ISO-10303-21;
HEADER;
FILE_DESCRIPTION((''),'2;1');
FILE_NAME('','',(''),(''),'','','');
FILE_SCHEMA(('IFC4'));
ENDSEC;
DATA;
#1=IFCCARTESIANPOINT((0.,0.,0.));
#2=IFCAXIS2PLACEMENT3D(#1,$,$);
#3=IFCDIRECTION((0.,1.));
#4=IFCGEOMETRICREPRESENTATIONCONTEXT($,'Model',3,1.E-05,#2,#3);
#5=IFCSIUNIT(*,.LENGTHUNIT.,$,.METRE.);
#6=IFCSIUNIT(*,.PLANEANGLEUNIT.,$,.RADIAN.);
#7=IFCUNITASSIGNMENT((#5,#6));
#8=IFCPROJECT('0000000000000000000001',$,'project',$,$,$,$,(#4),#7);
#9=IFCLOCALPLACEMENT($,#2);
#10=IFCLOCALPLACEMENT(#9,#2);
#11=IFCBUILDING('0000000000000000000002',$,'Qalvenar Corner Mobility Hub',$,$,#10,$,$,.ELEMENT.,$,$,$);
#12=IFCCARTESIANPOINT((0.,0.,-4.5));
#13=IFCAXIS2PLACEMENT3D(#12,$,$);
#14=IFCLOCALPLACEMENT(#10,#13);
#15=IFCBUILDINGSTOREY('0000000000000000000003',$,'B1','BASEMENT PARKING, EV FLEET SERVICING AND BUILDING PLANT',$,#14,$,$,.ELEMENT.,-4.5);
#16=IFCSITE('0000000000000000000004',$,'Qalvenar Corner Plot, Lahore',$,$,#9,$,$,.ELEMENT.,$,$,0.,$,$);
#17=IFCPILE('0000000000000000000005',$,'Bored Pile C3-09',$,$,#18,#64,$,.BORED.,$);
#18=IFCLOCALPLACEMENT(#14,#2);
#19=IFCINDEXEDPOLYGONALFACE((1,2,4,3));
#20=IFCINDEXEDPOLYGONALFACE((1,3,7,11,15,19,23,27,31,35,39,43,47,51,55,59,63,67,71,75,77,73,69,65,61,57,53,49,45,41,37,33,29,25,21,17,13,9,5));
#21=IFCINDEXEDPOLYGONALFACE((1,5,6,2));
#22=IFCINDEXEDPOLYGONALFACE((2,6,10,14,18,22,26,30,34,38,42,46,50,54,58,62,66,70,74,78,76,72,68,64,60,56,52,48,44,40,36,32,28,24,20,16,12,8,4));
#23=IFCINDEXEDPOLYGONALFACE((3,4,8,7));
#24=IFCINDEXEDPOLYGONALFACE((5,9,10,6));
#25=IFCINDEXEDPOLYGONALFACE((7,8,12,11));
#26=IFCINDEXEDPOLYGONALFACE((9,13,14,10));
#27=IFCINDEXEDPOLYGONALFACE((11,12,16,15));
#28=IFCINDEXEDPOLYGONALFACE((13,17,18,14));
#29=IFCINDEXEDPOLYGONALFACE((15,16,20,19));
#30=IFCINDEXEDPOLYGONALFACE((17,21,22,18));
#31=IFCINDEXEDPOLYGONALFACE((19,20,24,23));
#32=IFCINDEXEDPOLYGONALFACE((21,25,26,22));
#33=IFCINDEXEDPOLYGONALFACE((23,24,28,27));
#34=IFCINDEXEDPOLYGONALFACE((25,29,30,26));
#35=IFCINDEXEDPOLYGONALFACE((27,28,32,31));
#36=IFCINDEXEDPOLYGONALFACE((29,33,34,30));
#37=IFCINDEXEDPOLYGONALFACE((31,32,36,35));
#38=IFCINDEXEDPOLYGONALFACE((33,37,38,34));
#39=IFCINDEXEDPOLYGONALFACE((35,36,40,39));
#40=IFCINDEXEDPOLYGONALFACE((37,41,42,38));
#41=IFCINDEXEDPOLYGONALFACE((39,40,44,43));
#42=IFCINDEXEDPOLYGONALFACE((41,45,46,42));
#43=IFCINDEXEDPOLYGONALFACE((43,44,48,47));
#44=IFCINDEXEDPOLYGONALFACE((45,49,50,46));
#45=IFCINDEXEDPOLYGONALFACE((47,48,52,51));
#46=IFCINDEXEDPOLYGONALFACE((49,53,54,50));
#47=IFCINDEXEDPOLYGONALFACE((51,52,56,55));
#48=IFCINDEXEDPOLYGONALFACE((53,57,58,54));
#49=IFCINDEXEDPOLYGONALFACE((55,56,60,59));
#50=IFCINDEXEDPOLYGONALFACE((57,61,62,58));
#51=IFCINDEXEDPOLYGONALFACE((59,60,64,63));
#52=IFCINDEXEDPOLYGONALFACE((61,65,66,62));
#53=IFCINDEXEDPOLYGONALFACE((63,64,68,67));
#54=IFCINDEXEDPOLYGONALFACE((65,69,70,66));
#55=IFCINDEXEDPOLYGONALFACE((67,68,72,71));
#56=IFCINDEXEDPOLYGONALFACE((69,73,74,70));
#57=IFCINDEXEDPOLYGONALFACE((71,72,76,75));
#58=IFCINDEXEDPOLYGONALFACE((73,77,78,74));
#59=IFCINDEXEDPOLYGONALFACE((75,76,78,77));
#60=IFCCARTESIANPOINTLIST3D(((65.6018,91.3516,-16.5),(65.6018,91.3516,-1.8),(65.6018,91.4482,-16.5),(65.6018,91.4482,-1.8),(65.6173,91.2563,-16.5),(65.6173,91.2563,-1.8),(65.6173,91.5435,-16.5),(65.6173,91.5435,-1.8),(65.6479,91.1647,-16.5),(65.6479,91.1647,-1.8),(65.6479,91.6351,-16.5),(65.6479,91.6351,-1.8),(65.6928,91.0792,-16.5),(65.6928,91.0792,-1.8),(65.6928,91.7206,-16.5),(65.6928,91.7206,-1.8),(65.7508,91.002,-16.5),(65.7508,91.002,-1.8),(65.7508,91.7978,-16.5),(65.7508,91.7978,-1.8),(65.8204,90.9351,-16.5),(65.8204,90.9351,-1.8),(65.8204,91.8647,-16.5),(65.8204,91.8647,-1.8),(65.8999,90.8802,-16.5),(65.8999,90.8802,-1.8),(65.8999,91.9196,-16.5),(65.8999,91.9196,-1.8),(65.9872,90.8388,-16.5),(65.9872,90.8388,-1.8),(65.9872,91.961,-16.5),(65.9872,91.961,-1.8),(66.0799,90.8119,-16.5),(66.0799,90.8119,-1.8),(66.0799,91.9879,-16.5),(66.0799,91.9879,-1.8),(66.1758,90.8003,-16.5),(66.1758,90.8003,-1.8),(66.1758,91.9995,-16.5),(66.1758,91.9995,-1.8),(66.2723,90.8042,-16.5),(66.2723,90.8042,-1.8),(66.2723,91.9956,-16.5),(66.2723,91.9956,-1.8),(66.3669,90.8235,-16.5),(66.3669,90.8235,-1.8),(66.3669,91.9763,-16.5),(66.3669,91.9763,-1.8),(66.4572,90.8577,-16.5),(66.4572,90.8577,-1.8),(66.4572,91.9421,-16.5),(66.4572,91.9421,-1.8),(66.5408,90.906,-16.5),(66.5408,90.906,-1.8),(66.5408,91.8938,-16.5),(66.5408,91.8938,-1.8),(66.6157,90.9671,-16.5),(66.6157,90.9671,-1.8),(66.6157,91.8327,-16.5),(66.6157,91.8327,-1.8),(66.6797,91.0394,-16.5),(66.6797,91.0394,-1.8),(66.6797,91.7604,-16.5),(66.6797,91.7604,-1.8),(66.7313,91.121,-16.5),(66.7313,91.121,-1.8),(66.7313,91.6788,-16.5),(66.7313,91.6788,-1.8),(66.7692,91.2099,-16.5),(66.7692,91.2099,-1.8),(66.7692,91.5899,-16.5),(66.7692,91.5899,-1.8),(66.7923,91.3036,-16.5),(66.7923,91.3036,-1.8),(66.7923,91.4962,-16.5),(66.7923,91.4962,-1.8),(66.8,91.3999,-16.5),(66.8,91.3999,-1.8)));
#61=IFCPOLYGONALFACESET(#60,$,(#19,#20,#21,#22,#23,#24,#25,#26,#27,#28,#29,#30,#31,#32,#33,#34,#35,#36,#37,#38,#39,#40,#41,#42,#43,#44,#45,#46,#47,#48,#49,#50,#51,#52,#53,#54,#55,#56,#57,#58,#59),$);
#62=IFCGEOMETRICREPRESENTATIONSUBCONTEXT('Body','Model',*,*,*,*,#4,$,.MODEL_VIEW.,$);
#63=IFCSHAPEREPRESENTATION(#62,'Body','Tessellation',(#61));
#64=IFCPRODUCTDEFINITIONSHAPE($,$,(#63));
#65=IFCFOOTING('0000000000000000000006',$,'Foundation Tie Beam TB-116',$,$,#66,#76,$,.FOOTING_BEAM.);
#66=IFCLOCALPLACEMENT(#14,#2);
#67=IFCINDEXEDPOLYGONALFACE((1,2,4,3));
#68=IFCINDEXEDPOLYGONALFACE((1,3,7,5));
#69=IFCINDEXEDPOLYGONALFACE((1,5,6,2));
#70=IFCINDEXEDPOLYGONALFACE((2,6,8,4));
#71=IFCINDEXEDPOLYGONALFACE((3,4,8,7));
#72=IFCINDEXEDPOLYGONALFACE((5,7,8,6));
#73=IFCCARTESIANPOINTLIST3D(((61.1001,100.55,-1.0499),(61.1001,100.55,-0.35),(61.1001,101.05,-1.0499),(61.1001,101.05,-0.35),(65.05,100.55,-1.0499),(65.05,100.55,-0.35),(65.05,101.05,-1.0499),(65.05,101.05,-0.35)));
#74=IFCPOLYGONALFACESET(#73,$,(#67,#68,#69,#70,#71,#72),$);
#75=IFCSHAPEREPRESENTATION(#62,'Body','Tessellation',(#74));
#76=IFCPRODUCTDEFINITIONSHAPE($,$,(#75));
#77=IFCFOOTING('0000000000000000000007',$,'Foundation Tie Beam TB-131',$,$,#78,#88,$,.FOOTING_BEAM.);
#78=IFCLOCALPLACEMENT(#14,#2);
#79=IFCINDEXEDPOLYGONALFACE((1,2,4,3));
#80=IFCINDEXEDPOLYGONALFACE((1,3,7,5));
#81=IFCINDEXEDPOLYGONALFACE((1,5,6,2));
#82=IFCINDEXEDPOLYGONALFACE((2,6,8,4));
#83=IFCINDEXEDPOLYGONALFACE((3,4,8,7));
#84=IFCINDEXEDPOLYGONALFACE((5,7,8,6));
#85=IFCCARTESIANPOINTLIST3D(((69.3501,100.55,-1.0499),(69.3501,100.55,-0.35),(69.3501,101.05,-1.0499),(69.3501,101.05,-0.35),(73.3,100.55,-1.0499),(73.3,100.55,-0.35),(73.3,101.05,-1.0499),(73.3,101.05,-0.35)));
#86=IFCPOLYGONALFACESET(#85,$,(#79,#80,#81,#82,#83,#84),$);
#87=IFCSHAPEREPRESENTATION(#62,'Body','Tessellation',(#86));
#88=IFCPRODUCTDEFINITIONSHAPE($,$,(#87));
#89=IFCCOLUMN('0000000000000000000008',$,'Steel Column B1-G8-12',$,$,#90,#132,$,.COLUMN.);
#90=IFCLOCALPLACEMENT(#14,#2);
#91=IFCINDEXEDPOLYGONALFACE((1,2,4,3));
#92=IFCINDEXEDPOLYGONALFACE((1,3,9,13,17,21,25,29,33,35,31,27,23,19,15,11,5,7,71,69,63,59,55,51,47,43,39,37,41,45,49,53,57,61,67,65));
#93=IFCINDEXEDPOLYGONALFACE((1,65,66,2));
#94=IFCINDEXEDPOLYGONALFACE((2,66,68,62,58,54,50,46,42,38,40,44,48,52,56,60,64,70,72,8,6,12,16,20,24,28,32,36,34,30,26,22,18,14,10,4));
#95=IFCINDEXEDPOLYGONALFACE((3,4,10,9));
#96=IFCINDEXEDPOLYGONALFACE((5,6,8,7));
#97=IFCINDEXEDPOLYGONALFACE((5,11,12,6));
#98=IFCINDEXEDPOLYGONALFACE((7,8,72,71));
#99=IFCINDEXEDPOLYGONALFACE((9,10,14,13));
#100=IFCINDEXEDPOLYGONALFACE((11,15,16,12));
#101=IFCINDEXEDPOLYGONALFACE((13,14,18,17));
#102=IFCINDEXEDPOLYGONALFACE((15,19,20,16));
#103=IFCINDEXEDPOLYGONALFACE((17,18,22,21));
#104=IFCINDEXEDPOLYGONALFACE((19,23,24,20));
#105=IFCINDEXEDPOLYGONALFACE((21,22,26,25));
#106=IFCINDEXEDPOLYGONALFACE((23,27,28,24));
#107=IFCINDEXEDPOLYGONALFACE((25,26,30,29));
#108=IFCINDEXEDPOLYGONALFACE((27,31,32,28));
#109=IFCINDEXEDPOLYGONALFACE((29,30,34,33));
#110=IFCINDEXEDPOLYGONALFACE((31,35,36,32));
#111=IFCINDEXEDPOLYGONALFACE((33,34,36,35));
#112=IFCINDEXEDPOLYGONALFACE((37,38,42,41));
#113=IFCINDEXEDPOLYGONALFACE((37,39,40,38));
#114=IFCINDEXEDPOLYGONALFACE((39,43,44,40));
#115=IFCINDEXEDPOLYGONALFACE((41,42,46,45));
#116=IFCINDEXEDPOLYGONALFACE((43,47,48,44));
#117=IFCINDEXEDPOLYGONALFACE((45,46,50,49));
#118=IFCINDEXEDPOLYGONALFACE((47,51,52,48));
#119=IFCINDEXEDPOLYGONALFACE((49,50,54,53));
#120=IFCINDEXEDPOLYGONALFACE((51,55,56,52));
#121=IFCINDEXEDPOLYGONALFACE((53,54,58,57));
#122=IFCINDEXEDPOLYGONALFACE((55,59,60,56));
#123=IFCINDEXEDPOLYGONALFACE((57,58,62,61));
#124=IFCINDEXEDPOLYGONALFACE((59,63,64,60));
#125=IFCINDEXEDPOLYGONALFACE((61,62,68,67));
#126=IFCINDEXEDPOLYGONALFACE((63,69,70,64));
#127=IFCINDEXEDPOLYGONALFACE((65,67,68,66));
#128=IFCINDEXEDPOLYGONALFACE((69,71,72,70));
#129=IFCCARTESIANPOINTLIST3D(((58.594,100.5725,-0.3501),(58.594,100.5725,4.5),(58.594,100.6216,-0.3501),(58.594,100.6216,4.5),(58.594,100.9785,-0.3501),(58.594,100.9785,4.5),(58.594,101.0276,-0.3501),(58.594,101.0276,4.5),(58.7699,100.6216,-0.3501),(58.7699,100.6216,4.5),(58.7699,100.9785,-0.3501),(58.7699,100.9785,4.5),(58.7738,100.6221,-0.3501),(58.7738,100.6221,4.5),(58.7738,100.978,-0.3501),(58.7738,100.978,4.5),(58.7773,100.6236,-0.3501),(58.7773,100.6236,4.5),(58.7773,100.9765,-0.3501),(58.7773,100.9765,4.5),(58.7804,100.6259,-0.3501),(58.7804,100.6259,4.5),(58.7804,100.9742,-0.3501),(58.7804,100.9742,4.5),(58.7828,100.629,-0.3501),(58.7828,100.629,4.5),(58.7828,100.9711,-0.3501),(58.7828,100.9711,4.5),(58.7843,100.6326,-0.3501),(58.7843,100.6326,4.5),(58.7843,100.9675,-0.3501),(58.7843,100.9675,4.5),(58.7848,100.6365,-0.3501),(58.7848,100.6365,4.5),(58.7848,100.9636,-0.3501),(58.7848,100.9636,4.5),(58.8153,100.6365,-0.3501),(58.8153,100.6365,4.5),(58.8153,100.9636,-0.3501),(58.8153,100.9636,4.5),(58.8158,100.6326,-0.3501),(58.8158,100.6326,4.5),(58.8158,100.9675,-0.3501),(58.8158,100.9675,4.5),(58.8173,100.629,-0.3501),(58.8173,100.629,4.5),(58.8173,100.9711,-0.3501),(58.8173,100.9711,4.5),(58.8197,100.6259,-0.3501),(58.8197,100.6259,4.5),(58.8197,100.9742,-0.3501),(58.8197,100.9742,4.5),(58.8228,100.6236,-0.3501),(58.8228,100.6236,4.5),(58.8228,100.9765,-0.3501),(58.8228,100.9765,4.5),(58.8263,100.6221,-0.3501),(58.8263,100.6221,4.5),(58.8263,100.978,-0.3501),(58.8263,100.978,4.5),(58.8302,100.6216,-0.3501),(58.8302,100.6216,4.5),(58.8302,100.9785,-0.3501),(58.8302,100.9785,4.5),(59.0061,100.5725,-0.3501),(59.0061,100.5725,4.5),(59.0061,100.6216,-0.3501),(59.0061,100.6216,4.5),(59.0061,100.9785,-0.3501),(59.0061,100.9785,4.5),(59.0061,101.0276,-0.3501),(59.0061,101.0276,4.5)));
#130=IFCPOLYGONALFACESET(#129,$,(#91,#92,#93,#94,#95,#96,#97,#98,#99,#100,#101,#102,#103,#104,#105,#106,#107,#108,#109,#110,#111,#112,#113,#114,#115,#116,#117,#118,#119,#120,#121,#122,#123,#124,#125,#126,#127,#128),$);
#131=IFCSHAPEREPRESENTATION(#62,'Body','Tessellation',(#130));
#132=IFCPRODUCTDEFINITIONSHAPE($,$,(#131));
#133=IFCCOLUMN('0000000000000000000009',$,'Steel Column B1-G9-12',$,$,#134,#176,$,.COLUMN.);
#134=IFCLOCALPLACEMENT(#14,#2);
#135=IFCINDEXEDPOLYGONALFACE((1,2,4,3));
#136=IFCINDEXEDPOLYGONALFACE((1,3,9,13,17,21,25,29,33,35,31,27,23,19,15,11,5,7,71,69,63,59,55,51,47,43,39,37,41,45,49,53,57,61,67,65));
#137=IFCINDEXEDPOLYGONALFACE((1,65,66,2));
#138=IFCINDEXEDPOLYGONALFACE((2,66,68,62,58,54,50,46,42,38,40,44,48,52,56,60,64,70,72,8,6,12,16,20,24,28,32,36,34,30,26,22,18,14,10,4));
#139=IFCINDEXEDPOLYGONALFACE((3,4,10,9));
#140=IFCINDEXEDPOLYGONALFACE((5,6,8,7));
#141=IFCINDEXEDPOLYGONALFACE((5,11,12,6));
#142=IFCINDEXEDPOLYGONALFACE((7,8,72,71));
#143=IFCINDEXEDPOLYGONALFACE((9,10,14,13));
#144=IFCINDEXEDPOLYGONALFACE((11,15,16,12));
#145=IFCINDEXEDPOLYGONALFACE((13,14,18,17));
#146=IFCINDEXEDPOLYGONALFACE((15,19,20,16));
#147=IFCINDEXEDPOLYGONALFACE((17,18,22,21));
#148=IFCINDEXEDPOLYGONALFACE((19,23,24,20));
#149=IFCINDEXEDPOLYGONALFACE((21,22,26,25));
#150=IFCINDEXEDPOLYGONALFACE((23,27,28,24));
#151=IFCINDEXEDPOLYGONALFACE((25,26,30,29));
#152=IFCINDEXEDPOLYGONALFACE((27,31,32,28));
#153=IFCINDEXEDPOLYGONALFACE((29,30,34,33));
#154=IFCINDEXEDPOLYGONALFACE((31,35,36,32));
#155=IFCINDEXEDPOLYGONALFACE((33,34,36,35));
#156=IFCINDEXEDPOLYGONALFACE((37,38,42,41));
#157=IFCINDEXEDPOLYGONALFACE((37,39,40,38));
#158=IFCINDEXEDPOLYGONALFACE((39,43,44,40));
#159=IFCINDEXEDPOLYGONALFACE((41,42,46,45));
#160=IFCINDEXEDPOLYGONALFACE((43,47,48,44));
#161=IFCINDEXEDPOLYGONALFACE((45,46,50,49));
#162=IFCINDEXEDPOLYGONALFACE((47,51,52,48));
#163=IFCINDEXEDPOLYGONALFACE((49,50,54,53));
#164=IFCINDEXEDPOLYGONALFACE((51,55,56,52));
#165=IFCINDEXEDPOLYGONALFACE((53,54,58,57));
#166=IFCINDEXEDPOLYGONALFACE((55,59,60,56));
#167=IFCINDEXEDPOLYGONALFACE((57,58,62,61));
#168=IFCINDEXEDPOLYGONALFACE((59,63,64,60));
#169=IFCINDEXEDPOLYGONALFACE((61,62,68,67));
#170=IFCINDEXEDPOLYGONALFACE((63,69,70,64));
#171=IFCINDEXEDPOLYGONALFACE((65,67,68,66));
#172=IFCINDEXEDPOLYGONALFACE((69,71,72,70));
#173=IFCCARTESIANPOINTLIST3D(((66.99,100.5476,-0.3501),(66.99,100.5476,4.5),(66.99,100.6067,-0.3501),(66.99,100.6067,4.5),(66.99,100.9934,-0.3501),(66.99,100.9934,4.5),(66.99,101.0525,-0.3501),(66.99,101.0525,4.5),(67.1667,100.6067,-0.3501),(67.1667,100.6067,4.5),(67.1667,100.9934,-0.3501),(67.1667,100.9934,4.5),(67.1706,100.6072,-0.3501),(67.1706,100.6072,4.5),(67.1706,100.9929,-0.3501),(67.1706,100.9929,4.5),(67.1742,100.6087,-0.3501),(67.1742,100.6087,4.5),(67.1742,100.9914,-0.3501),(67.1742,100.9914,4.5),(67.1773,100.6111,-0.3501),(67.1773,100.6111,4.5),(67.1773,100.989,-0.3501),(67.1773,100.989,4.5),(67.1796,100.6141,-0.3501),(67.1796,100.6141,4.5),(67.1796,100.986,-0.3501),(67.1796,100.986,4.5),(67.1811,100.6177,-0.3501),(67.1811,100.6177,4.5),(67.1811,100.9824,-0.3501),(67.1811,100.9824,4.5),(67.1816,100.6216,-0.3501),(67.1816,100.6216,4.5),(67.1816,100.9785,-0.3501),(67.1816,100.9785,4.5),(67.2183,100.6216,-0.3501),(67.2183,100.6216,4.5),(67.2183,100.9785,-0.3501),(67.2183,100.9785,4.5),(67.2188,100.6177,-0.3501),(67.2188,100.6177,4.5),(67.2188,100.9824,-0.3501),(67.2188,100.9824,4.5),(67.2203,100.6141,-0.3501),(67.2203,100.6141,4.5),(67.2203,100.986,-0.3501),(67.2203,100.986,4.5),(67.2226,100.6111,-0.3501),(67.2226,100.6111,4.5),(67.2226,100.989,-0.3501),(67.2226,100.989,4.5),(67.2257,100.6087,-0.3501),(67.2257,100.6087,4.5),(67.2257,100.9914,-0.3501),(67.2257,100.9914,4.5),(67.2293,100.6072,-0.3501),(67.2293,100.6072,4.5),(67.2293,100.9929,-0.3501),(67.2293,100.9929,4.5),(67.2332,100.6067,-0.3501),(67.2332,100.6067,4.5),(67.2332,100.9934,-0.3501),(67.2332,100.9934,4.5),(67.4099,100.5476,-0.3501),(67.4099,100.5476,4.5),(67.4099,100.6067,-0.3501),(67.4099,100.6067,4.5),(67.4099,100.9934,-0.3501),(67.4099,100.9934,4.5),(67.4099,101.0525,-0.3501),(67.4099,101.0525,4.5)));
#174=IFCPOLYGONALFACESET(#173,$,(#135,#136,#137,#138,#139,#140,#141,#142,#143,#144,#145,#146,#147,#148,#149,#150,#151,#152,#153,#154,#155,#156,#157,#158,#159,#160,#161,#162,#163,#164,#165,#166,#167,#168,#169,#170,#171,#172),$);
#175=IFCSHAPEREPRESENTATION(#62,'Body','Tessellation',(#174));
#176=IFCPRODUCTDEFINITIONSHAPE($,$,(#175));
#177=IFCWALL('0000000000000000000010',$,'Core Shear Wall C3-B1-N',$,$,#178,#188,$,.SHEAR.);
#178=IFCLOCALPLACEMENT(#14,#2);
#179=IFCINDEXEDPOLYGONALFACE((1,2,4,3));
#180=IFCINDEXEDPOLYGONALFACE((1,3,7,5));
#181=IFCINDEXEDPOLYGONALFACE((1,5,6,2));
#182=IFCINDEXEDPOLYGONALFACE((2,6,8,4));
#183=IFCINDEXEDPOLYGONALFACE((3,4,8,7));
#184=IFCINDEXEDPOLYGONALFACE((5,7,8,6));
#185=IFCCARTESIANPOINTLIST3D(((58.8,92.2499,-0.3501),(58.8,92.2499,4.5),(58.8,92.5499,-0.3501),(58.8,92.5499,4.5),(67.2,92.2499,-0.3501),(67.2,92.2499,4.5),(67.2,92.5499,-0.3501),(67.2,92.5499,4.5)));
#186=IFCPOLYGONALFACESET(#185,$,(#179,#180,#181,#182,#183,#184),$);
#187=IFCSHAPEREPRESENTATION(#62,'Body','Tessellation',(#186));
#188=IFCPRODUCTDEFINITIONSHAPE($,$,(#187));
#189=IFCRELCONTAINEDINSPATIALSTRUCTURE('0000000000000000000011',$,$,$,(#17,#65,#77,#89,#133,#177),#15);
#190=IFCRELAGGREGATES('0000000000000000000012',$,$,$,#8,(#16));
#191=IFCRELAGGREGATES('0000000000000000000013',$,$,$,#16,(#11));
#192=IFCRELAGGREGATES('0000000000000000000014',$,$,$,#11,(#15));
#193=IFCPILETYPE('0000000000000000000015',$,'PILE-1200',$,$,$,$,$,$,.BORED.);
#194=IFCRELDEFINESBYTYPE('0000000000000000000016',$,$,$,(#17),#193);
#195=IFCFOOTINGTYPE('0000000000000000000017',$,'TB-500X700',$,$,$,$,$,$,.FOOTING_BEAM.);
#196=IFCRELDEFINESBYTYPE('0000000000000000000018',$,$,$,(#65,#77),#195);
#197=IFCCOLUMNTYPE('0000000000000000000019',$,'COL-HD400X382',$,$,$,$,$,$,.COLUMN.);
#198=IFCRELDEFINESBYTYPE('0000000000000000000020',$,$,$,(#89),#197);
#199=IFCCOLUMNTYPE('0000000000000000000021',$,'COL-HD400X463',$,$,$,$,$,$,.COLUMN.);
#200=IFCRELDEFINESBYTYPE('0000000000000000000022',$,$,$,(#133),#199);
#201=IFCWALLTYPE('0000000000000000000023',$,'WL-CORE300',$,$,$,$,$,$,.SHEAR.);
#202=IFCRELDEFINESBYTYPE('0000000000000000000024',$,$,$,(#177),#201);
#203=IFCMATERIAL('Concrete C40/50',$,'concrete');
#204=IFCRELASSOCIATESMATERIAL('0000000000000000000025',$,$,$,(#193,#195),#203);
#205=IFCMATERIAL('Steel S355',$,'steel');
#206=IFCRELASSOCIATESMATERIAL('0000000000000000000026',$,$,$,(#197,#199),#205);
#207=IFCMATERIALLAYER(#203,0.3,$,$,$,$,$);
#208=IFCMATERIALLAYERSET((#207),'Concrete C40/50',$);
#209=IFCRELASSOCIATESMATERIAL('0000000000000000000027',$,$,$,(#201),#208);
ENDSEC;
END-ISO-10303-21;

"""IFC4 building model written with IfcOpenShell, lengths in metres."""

from ifc_helpers import new_model, si_unit, direction, frame, frame_2d, origin, origin_2d, place, context, subcontext, project, spatial, rectangle, circle, i_section, extrude, material, layer, layer_set, material_profile, profile_set, type_object, element, save


model = new_model("IFC4")

# Units and contexts
model_context = context("Model", 3, precision=1e-05, world=origin(), true_north=direction((0.0, 1.0)))
body_context = subcontext(model_context, "Body", "Model", "MODEL_VIEW")
ifc_project = project(units=[si_unit("LENGTHUNIT", "METRE"), si_unit("PLANEANGLEUNIT", "RADIAN")], contexts=[model_context])

# Site, building, storey
site_placement = place(None, origin())
site = spatial("IfcSite", under=ifc_project, at=site_placement, Name="Qalvenar Corner Plot, Lahore", CompositionType="ELEMENT", RefElevation=0.0)
building_placement = place(site_placement, origin())
building = spatial("IfcBuilding", under=site, at=building_placement, Name="Qalvenar Corner Mobility Hub", CompositionType="ELEMENT")
storey_placement = place(building_placement, frame((0.0, 0.0, -4.5)))
storey = spatial("IfcBuildingStorey", under=building, at=storey_placement, Name="B1", Description="BASEMENT PARKING, EV FLEET SERVICING AND BUILDING PLANT", CompositionType="ELEMENT", Elevation=-4.5)

# Shared definitions
ifc_material_1 = material(Name="Concrete C40/50", Category="concrete")

# Pile
ifc_material_profile_1 = material_profile(ifc_material_1, circle(Radius=0.6001, at=origin_2d()), Name="DIA1200")
ifc_profile_set_1 = profile_set([ifc_material_profile_1], Name="Concrete C40/50")
pile_type_1 = type_object("IfcPileType", Name="PILE-1200", PredefinedType="BORED", material=ifc_profile_set_1)
for number, where, z_axis, x_axis, name in (
    (1, (66.2, 91.3999, -1.8), (0.0, 0.0, -1.0), (1.0, 0.0, 0.0), "Bored Pile C3-09"),
):
    element("IfcPile", number, at=place(storey_placement, frame(where, z_axis=z_axis, x_axis=x_axis)), inside=storey, type_object=pile_type_1, Name=name, PredefinedType="BORED", context=body_context, shape_type="SweptSolid", body=[
        extrude(circle(Radius=0.6001, at=origin_2d()), origin(), (0.0, 0.0, 1.0), 14.7),
    ])

# Footings
ifc_material_profile_2 = material_profile(ifc_material_1, rectangle(XDim=0.5, YDim=0.7, at=origin_2d()), Name="RC500x700")
ifc_profile_set_2 = profile_set([ifc_material_profile_2], Name="Concrete C40/50")
footing_type_1 = type_object("IfcFootingType", Name="TB-500X700", PredefinedType="FOOTING_BEAM", material=ifc_profile_set_2)
for number, where, z_axis, x_axis, name in (
    (2, (61.1001, 100.8, -0.7), (1.0, 0.0, 0.0), (0.0, 1.0, 0.0), "Foundation Tie Beam TB-116"),
    (3, (69.3501, 100.8, -0.7), (1.0, 0.0, 0.0), (0.0, 1.0, 0.0), "Foundation Tie Beam TB-131"),
):
    element("IfcFooting", number, at=place(storey_placement, frame(where, z_axis=z_axis, x_axis=x_axis)), inside=storey, type_object=footing_type_1, Name=name, PredefinedType="FOOTING_BEAM", context=body_context, shape_type="SweptSolid", body=[
        extrude(rectangle(XDim=0.5, YDim=0.7, at=origin_2d()), origin(), (0.0, 0.0, 1.0), 3.95),
    ])

# Columns
ifc_material_2 = material(Name="Steel S355", Category="steel")
ifc_material_profile_3 = material_profile(ifc_material_2, i_section(OverallWidth=0.4121, OverallDepth=0.4551, WebThickness=0.0305, FlangeThickness=0.0491, FilletRadius=0.0149, at=origin_2d()), Name="HD400x421")
ifc_profile_set_3 = profile_set([ifc_material_profile_3], Name="Steel S355")
column_type_1 = type_object("IfcColumnType", Name="COL-HD400X382", PredefinedType="COLUMN", material=ifc_profile_set_3)
column_1_placement = place(storey_placement, frame((58.8, 100.8, -0.3501), z_axis=(0.0, 0.0, 1.0), x_axis=(1.0, 0.0, 0.0)))
element("IfcColumn", 4, at=column_1_placement, inside=storey, type_object=column_type_1, Name="Steel Column B1-G8-12", PredefinedType="COLUMN", context=body_context, shape_type="SweptSolid", body=[
    extrude(i_section(OverallWidth=0.4121, OverallDepth=0.4551, WebThickness=0.0305, FlangeThickness=0.0491, FilletRadius=0.0149, at=origin_2d()), origin(), (0.0, 0.0, 1.0), 4.8501),
])
ifc_material_profile_4 = material_profile(ifc_material_2, i_section(OverallWidth=0.4199, OverallDepth=0.5049, WebThickness=0.0366, FlangeThickness=0.0591, FilletRadius=0.0149, at=origin_2d()), Name="HD400x551")
ifc_profile_set_4 = profile_set([ifc_material_profile_4], Name="Steel S355")
column_type_2 = type_object("IfcColumnType", Name="COL-HD400X463", PredefinedType="COLUMN", material=ifc_profile_set_4)
column_2_placement = place(storey_placement, frame((67.2, 100.8, -0.3501), z_axis=(0.0, 0.0, 1.0), x_axis=(1.0, 0.0, 0.0)))
element("IfcColumn", 5, at=column_2_placement, inside=storey, type_object=column_type_2, Name="Steel Column B1-G9-12", PredefinedType="COLUMN", context=body_context, shape_type="SweptSolid", body=[
    extrude(i_section(OverallWidth=0.4199, OverallDepth=0.5049, WebThickness=0.0366, FlangeThickness=0.0591, FilletRadius=0.0149, at=origin_2d()), origin(), (0.0, 0.0, 1.0), 4.8501),
])

# Wall
ifc_layer_1 = layer(ifc_material_1, 0.3)
ifc_layer_set_1 = layer_set([ifc_layer_1], Name="Concrete C40/50")
wall_type_1 = type_object("IfcWallType", Name="WL-CORE300", PredefinedType="SHEAR", material=ifc_layer_set_1)
for number, where, z_axis, x_axis, name in (
    (6, (67.2, 92.3999, -0.3501), (0.0, 0.0, 1.0), (-1.0, 0.0, 0.0), "Core Shear Wall C3-B1-N"),
):
    element("IfcWall", number, at=place(storey_placement, frame(where, z_axis=z_axis, x_axis=x_axis)), inside=storey, type_object=wall_type_1, Name=name, PredefinedType="SHEAR", context=body_context, shape_type="SweptSolid", body=[
        extrude(rectangle(XDim=8.3999, YDim=0.3, at=frame_2d((4.2, 0.0))), origin(), (0.0, 0.0, 1.0), 4.8501),
    ])

save(model, "model.ifc")
